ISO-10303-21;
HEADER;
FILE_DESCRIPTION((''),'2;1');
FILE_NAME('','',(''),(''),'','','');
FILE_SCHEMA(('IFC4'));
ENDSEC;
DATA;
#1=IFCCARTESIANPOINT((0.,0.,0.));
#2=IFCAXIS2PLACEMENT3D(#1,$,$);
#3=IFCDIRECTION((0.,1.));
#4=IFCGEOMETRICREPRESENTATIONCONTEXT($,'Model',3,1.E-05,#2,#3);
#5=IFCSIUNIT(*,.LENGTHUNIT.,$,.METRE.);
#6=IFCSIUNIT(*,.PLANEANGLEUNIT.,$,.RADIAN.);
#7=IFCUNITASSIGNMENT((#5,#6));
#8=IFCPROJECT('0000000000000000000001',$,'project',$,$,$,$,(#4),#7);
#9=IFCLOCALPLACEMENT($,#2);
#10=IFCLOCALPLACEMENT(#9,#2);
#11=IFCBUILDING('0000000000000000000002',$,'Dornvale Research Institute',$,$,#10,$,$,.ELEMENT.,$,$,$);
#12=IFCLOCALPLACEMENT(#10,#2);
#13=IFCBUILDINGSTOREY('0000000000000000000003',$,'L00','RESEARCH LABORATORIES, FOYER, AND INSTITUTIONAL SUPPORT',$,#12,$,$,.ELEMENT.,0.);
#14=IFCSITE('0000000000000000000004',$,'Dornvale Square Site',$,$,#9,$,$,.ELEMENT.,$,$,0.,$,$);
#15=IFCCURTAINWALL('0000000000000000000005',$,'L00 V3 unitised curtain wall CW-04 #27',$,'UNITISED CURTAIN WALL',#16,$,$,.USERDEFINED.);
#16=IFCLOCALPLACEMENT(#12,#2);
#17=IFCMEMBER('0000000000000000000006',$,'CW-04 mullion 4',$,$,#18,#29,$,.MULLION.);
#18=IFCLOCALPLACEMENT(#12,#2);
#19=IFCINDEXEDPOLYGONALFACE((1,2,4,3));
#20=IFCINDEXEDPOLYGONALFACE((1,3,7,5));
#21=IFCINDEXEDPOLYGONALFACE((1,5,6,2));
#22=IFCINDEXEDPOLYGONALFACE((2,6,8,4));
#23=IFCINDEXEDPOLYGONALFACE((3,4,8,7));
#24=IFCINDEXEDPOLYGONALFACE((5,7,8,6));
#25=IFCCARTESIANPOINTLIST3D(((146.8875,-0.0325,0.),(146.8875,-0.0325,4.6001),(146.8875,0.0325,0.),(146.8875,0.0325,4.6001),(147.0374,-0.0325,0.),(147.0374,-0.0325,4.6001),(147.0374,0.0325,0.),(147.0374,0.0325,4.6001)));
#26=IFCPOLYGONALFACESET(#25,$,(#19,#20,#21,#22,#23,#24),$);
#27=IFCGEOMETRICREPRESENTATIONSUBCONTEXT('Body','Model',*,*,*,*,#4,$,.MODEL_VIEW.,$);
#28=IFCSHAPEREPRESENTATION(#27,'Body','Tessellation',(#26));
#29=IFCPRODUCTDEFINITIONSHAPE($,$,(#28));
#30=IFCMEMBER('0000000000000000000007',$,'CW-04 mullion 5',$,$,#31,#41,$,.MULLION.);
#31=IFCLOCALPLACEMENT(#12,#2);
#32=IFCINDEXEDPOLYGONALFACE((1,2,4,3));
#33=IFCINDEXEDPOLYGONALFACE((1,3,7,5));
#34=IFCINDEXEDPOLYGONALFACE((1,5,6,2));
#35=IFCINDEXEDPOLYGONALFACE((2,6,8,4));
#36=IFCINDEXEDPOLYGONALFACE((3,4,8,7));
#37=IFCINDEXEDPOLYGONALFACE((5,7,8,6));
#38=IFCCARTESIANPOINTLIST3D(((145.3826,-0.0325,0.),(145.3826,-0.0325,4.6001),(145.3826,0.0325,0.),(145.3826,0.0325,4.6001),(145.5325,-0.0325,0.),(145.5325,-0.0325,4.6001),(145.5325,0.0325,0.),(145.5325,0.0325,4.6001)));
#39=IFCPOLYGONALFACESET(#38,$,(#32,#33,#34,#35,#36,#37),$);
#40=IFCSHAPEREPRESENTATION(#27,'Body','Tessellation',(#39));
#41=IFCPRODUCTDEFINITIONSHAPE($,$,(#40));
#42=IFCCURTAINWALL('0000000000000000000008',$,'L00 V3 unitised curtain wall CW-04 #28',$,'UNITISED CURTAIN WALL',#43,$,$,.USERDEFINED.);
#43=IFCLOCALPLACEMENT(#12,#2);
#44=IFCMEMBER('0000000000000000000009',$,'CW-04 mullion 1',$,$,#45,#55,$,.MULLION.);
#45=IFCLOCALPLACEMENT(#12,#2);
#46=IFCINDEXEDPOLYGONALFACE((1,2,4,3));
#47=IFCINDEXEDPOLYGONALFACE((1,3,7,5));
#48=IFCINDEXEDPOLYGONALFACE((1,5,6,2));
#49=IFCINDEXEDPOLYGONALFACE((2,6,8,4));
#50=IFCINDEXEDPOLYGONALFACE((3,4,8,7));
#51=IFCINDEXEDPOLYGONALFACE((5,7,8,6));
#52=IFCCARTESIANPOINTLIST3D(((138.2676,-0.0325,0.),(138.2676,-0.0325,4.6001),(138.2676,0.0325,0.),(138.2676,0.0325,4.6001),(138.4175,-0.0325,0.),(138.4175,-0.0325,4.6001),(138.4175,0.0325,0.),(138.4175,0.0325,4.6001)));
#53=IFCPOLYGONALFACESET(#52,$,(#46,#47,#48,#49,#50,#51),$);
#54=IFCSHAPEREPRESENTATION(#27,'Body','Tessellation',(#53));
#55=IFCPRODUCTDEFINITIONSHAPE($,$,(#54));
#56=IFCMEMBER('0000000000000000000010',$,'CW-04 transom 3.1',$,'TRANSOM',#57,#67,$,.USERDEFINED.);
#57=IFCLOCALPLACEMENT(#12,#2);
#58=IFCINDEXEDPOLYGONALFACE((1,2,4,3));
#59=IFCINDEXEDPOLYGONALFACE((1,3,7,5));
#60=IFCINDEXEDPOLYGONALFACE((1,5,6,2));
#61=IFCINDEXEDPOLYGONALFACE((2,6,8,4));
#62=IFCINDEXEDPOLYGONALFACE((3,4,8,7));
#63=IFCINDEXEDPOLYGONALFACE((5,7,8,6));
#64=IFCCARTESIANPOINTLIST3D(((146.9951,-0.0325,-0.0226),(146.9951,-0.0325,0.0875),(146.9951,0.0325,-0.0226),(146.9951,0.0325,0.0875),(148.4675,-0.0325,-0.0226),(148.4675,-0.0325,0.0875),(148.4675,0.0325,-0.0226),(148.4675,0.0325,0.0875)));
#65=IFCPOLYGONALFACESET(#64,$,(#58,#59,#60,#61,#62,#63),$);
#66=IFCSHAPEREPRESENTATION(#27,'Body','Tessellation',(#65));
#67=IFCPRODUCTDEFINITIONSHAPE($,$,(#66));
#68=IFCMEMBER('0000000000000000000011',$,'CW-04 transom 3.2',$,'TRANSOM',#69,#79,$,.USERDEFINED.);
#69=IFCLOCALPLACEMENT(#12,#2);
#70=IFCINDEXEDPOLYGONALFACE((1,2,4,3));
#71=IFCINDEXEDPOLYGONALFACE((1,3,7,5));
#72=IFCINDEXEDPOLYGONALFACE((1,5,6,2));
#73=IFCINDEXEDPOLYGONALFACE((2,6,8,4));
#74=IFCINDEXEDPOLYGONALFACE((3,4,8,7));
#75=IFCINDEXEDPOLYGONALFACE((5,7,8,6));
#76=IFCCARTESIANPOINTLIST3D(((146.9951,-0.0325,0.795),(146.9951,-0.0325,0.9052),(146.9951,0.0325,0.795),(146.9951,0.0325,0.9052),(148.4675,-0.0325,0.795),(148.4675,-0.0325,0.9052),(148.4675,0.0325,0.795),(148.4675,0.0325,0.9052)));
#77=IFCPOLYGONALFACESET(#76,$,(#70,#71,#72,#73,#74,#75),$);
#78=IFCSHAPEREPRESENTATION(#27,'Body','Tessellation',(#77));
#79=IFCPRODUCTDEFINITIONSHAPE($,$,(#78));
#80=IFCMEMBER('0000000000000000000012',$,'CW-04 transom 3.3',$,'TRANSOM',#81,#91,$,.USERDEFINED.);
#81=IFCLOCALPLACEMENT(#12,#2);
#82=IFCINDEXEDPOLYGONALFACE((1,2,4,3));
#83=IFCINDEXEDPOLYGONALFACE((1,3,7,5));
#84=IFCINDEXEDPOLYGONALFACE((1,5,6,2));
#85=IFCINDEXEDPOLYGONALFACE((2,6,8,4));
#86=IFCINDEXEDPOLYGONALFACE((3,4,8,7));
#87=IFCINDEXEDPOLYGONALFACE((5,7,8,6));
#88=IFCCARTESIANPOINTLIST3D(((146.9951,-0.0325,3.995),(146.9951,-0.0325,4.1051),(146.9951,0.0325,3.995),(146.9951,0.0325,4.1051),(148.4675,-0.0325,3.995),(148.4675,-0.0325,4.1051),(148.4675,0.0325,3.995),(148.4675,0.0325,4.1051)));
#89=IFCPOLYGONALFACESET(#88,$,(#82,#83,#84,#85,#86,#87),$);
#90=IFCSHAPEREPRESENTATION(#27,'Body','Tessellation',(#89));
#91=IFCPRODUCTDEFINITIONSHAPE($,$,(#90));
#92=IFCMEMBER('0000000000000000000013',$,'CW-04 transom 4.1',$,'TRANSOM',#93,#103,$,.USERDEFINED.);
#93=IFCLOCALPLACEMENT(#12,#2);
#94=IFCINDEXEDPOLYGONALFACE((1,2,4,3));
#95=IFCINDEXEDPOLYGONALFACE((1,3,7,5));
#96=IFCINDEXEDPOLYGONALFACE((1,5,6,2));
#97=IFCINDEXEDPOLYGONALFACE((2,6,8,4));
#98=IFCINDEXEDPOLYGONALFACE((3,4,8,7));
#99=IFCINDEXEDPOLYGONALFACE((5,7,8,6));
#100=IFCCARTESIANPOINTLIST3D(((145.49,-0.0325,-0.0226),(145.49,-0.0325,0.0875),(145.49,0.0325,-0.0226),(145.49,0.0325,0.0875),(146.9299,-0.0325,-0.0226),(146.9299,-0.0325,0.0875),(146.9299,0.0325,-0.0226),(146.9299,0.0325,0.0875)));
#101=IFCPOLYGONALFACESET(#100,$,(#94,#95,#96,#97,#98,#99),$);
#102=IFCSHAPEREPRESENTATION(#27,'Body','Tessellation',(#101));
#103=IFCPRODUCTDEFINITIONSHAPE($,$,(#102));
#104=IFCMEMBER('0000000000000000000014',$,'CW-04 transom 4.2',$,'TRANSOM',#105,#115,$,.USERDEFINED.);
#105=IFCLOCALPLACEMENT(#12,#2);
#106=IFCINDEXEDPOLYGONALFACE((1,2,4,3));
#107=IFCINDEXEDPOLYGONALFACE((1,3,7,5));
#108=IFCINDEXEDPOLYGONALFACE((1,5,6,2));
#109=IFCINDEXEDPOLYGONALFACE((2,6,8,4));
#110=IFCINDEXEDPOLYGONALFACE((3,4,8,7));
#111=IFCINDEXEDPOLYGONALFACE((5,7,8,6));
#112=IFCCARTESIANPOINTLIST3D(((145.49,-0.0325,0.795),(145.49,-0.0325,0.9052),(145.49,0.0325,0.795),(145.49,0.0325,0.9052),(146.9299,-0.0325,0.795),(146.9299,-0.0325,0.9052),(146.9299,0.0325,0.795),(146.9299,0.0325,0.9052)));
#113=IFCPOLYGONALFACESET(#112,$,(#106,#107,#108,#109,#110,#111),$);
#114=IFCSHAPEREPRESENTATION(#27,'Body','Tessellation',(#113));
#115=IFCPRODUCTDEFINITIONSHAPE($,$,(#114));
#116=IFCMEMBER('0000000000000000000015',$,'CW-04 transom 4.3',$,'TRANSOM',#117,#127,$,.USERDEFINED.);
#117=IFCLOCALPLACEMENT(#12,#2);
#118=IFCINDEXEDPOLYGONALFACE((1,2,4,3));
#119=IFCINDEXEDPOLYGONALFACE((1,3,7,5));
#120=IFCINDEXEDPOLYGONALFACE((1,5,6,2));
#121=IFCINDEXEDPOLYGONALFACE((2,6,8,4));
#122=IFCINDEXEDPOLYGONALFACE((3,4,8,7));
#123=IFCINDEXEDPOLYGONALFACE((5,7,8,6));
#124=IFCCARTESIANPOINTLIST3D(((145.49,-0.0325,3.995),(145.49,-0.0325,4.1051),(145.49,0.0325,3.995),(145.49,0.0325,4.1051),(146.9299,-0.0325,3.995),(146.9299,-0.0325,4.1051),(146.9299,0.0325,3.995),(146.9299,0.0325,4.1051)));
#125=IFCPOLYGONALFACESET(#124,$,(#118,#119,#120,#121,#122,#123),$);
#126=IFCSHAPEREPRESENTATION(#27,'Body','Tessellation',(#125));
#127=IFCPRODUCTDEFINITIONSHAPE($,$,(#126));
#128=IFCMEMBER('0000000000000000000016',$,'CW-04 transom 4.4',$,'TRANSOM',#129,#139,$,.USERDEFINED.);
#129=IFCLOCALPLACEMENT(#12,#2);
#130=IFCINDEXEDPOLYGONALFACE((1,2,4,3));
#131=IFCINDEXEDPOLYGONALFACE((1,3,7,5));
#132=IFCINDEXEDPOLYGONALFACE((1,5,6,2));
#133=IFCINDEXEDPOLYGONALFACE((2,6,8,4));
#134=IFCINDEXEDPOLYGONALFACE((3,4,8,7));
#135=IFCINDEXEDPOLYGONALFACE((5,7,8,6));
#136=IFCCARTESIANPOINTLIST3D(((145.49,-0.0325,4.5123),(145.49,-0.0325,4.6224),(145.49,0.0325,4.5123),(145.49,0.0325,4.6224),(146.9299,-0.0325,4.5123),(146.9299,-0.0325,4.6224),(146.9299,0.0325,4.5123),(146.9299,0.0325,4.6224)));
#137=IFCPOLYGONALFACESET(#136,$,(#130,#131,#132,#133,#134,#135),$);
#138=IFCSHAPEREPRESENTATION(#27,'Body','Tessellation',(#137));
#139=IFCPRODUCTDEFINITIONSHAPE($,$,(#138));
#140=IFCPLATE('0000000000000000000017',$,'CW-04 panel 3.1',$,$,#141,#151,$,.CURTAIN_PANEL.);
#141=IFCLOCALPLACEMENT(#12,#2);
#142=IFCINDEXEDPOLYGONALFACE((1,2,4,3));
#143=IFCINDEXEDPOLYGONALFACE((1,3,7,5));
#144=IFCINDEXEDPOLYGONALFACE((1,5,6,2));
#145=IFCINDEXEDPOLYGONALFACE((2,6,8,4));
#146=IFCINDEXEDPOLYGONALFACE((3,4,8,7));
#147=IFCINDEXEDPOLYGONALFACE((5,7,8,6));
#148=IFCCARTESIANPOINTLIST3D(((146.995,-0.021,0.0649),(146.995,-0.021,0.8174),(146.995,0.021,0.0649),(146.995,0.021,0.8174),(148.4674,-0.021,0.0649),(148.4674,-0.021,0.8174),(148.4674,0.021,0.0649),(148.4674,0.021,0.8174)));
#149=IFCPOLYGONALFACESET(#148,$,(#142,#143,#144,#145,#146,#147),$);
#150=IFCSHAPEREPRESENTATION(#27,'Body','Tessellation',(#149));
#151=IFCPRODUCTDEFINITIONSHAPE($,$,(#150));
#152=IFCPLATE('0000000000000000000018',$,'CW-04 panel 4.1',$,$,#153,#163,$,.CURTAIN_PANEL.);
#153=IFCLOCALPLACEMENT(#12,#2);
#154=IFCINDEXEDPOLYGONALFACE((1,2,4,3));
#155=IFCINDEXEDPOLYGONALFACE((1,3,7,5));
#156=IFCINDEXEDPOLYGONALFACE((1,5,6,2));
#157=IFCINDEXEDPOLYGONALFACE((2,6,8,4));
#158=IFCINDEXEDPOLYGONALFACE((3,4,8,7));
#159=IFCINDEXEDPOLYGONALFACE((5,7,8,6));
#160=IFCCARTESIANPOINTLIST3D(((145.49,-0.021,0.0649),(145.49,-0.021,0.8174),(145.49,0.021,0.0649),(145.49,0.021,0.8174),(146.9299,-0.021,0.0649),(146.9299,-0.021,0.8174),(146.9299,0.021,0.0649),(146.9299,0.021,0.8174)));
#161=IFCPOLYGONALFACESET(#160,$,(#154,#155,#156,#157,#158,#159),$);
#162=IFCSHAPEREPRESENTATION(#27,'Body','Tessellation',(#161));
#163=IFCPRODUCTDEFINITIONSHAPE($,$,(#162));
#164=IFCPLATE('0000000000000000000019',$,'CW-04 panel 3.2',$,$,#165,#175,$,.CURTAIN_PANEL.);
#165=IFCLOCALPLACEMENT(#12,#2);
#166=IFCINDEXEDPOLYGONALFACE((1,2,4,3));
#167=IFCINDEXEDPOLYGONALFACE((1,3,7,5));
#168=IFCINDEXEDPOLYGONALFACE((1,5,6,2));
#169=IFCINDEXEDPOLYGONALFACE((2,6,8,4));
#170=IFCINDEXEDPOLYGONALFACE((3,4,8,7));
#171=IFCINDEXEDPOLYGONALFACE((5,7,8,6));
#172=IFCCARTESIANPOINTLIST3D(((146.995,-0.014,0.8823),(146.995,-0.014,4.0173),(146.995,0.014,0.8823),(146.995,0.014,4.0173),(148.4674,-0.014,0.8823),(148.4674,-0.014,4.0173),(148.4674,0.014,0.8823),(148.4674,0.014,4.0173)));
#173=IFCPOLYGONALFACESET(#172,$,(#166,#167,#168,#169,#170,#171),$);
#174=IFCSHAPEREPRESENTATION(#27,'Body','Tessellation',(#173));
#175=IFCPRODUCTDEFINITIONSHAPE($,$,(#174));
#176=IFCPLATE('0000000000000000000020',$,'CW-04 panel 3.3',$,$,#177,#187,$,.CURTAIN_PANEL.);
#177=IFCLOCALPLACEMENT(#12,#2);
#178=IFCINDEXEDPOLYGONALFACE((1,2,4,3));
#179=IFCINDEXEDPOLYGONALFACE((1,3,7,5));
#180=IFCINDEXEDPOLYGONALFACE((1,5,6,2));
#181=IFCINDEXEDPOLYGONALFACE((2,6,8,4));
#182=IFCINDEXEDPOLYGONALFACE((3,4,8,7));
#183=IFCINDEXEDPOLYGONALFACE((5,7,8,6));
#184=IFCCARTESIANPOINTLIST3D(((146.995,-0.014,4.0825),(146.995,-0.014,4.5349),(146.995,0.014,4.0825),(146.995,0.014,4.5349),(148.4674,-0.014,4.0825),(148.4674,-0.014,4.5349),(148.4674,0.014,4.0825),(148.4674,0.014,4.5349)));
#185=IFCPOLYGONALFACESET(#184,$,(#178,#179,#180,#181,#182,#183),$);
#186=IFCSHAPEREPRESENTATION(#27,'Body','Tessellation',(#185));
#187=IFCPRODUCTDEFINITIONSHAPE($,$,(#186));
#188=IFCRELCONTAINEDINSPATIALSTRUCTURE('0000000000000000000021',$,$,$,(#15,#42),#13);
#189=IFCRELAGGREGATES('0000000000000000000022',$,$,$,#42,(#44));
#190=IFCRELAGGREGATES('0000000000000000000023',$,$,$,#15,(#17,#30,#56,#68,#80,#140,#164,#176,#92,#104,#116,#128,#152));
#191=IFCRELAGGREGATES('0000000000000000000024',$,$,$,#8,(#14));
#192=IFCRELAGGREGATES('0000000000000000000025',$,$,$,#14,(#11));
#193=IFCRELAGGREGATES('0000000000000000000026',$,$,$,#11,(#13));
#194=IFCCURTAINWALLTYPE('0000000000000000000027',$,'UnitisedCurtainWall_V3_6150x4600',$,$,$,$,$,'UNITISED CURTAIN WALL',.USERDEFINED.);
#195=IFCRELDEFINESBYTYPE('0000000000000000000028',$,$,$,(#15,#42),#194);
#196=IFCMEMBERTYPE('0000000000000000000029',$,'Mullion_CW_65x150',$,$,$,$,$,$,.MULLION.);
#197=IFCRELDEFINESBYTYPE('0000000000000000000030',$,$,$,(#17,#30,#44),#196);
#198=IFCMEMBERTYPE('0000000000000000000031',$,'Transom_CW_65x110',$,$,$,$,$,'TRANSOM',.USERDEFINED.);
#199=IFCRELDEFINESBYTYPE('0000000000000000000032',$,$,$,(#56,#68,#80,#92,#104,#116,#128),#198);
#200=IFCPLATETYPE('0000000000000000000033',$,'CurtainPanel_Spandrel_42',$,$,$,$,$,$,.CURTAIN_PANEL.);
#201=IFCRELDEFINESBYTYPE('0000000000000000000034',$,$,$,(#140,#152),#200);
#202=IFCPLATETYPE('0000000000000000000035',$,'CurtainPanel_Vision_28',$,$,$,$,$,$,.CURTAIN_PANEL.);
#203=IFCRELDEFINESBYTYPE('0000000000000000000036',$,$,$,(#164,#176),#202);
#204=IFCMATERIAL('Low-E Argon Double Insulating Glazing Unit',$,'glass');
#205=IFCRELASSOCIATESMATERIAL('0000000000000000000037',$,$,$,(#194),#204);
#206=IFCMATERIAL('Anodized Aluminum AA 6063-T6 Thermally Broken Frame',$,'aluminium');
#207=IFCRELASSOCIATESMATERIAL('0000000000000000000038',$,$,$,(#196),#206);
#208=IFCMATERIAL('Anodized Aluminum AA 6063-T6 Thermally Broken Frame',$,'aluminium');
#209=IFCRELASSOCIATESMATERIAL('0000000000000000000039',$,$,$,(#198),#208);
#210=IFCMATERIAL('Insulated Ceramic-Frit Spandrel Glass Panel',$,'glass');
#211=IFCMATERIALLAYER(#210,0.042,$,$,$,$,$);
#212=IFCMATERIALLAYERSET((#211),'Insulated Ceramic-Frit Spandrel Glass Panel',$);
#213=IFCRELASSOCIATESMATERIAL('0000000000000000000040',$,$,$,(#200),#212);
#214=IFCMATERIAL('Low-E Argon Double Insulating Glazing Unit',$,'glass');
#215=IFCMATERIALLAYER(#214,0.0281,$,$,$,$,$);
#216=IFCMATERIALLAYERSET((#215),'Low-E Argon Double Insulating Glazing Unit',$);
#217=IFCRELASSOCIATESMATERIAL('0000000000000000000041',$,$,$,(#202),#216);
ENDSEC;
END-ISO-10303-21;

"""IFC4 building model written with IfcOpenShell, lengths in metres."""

from ifc_helpers import new_model, si_unit, direction, frame, origin, origin_2d, place, context, subcontext, project, spatial, rectangle, extrude, material, layer, layer_set, material_profile, profile_set, type_object, element, aggregate, save


model = new_model("IFC4")

# Units and contexts
model_context = context("Model", 3, precision=1e-05, world=origin(), true_north=direction((0.0, 1.0)))
body_context = subcontext(model_context, "Body", "Model", "MODEL_VIEW")
ifc_project = project(units=[si_unit("LENGTHUNIT", "METRE"), si_unit("PLANEANGLEUNIT", "RADIAN")], contexts=[model_context])

# Site, building, storey
site_placement = place(None, origin())
site = spatial("IfcSite", under=ifc_project, at=site_placement, Name="Dornvale Square Site", CompositionType="ELEMENT", RefElevation=0.0)
building_placement = place(site_placement, origin())
building = spatial("IfcBuilding", under=site, at=building_placement, Name="Dornvale Research Institute", CompositionType="ELEMENT")
storey_placement = place(building_placement, origin())
storey = spatial("IfcBuildingStorey", under=building, at=storey_placement, Name="L00", Description="RESEARCH LABORATORIES, FOYER, AND INSTITUTIONAL SUPPORT", CompositionType="ELEMENT", Elevation=0.0)

# Curtain wall, members
ifc_material_1 = material(Name="Low-E Argon Double Insulating Glazing Unit", Category="glass")
curtain_wall_type = type_object("IfcCurtainWallType", Name="UnitisedCurtainWall_V3_6150x4600", ElementType="UNITISED CURTAIN WALL", PredefinedType="USERDEFINED", material=ifc_material_1)
curtain_wall_1_placement = place(storey_placement, origin())
curtain_wall_1 = element("IfcCurtainWall", 1, at=curtain_wall_1_placement, inside=storey, type_object=curtain_wall_type, Name="L00 V3 unitised curtain wall CW-04 #27", ObjectType="UNITISED CURTAIN WALL", PredefinedType="USERDEFINED")
ifc_material_2 = material(Name="Anodized Aluminum AA 6063-T6 Thermally Broken Frame", Category="aluminium")
ifc_material_profile_1 = material_profile(ifc_material_2, rectangle(XDim=0.0649, YDim=0.1499, at=origin_2d()), Name="ALU MULLION 65x150")
ifc_profile_set_1 = profile_set([ifc_material_profile_1], Name="Anodized Aluminum AA 6063-T6 Thermally Broken Frame")
member_type_1 = type_object("IfcMemberType", Name="Mullion_CW_65x150", PredefinedType="MULLION", material=ifc_profile_set_1)
member_1_placement = place(storey_placement, frame((146.9624, 0.0, 0.0), z_axis=(0.0, 0.0, 1.0), x_axis=(0.0, -1.0, 0.0)))
member_1 = element("IfcMember", 2, at=member_1_placement, type_object=member_type_1, Name="CW-04 mullion 4", PredefinedType="MULLION", context=body_context, shape_type="SweptSolid", body=[
    extrude(rectangle(XDim=0.0649, YDim=0.1499, at=origin_2d()), origin(), (0.0, 0.0, 1.0), 4.6001),
])
member_2_placement = place(storey_placement, frame((145.4575, 0.0, 0.0), z_axis=(0.0, 0.0, 1.0), x_axis=(0.0, -1.0, 0.0)))
member_2 = element("IfcMember", 3, at=member_2_placement, type_object=member_type_1, Name="CW-04 mullion 5", PredefinedType="MULLION", context=body_context, shape_type="SweptSolid", body=[
    extrude(rectangle(XDim=0.0649, YDim=0.1499, at=origin_2d()), origin(), (0.0, 0.0, 1.0), 4.6001),
])

# Curtain wall, member
curtain_wall_2_placement = place(storey_placement, origin())
curtain_wall_2 = element("IfcCurtainWall", 4, at=curtain_wall_2_placement, inside=storey, type_object=curtain_wall_type, Name="L00 V3 unitised curtain wall CW-04 #28", ObjectType="UNITISED CURTAIN WALL", PredefinedType="USERDEFINED")
member_3_placement = place(storey_placement, frame((138.3425, 0.0, 0.0), z_axis=(0.0, 0.0, 1.0), x_axis=(0.0, -1.0, 0.0)))
member_3 = element("IfcMember", 5, at=member_3_placement, type_object=member_type_1, Name="CW-04 mullion 1", PredefinedType="MULLION", context=body_context, shape_type="SweptSolid", body=[
    extrude(rectangle(XDim=0.0649, YDim=0.1499, at=origin_2d()), origin(), (0.0, 0.0, 1.0), 4.6001),
])
aggregate(curtain_wall_2, [member_3])

# Members
ifc_material_3 = material(Name="Anodized Aluminum AA 6063-T6 Thermally Broken Frame", Category="aluminium")
ifc_material_profile_2 = material_profile(ifc_material_3, rectangle(XDim=0.0649, YDim=0.1101, at=origin_2d()), Name="ALU TRANSOM 65x110")
ifc_profile_set_2 = profile_set([ifc_material_profile_2], Name="Anodized Aluminum AA 6063-T6 Thermally Broken Frame")
member_type_2 = type_object("IfcMemberType", Name="Transom_CW_65x110", ElementType="TRANSOM", PredefinedType="USERDEFINED", material=ifc_profile_set_2)
member_4_placement = place(storey_placement, frame((148.4675, 0.0, 0.0325), z_axis=(-1.0, 0.0, 0.0), x_axis=(0.0, -1.0, 0.0)))
member_4 = element("IfcMember", 6, at=member_4_placement, type_object=member_type_2, Name="CW-04 transom 3.1", ObjectType="TRANSOM", PredefinedType="USERDEFINED", context=body_context, shape_type="SweptSolid", body=[
    extrude(rectangle(XDim=0.0649, YDim=0.1101, at=origin_2d()), origin(), (0.0, 0.0, 1.0), 1.4724),
])
member_5_placement = place(storey_placement, frame((148.4675, 0.0, 0.8501), z_axis=(-1.0, 0.0, 0.0), x_axis=(0.0, -1.0, 0.0)))
member_5 = element("IfcMember", 7, at=member_5_placement, type_object=member_type_2, Name="CW-04 transom 3.2", ObjectType="TRANSOM", PredefinedType="USERDEFINED", context=body_context, shape_type="SweptSolid", body=[
    extrude(rectangle(XDim=0.0649, YDim=0.1101, at=origin_2d()), origin(), (0.0, 0.0, 1.0), 1.4724),
])
member_6_placement = place(storey_placement, frame((148.4675, 0.0, 4.05), z_axis=(-1.0, 0.0, 0.0), x_axis=(0.0, -1.0, 0.0)))
member_6 = element("IfcMember", 8, at=member_6_placement, type_object=member_type_2, Name="CW-04 transom 3.3", ObjectType="TRANSOM", PredefinedType="USERDEFINED", context=body_context, shape_type="SweptSolid", body=[
    extrude(rectangle(XDim=0.0649, YDim=0.1101, at=origin_2d()), origin(), (0.0, 0.0, 1.0), 1.4724),
])
member_7_placement = place(storey_placement, frame((146.9299, 0.0, 0.0325), z_axis=(-1.0, 0.0, 0.0), x_axis=(0.0, -1.0, 0.0)))
member_7 = element("IfcMember", 9, at=member_7_placement, type_object=member_type_2, Name="CW-04 transom 4.1", ObjectType="TRANSOM", PredefinedType="USERDEFINED", context=body_context, shape_type="SweptSolid", body=[
    extrude(rectangle(XDim=0.0649, YDim=0.1101, at=origin_2d()), origin(), (0.0, 0.0, 1.0), 1.4399),
])
member_8_placement = place(storey_placement, frame((146.9299, 0.0, 0.8501), z_axis=(-1.0, 0.0, 0.0), x_axis=(0.0, -1.0, 0.0)))
member_8 = element("IfcMember", 10, at=member_8_placement, type_object=member_type_2, Name="CW-04 transom 4.2", ObjectType="TRANSOM", PredefinedType="USERDEFINED", context=body_context, shape_type="SweptSolid", body=[
    extrude(rectangle(XDim=0.0649, YDim=0.1101, at=origin_2d()), origin(), (0.0, 0.0, 1.0), 1.4399),
])
member_9_placement = place(storey_placement, frame((146.9299, 0.0, 4.05), z_axis=(-1.0, 0.0, 0.0), x_axis=(0.0, -1.0, 0.0)))
member_9 = element("IfcMember", 11, at=member_9_placement, type_object=member_type_2, Name="CW-04 transom 4.3", ObjectType="TRANSOM", PredefinedType="USERDEFINED", context=body_context, shape_type="SweptSolid", body=[
    extrude(rectangle(XDim=0.0649, YDim=0.1101, at=origin_2d()), origin(), (0.0, 0.0, 1.0), 1.4399),
])
member_10_placement = place(storey_placement, frame((146.9299, 0.0, 4.5674), z_axis=(-1.0, 0.0, 0.0), x_axis=(0.0, -1.0, 0.0)))
member_10 = element("IfcMember", 12, at=member_10_placement, type_object=member_type_2, Name="CW-04 transom 4.4", ObjectType="TRANSOM", PredefinedType="USERDEFINED", context=body_context, shape_type="SweptSolid", body=[
    extrude(rectangle(XDim=0.0649, YDim=0.1101, at=origin_2d()), origin(), (0.0, 0.0, 1.0), 1.4399),
])

# Plates
ifc_material_4 = material(Name="Insulated Ceramic-Frit Spandrel Glass Panel", Category="glass")
ifc_layer_1 = layer(ifc_material_4, 0.042)
ifc_layer_set_1 = layer_set([ifc_layer_1], Name="Insulated Ceramic-Frit Spandrel Glass Panel")
plate_type_1 = type_object("IfcPlateType", Name="CurtainPanel_Spandrel_42", PredefinedType="CURTAIN_PANEL", material=ifc_layer_set_1)
plate_1_placement = place(storey_placement, frame((147.7312, 0.0, 0.0649), z_axis=(0.0, 0.0, 1.0), x_axis=(-1.0, 0.0, 0.0)))
plate_1 = element("IfcPlate", 13, at=plate_1_placement, type_object=plate_type_1, Name="CW-04 panel 3.1", PredefinedType="CURTAIN_PANEL", context=body_context, shape_type="SweptSolid", body=[
    extrude(rectangle(XDim=1.4724, YDim=0.042, at=origin_2d()), origin(), (0.0, 0.0, 1.0), 0.7524),
])
plate_2_placement = place(storey_placement, frame((146.21, 0.0, 0.0649), z_axis=(0.0, 0.0, 1.0), x_axis=(-1.0, 0.0, 0.0)))
plate_2 = element("IfcPlate", 14, at=plate_2_placement, type_object=plate_type_1, Name="CW-04 panel 4.1", PredefinedType="CURTAIN_PANEL", context=body_context, shape_type="SweptSolid", body=[
    extrude(rectangle(XDim=1.4399, YDim=0.042, at=origin_2d()), origin(), (0.0, 0.0, 1.0), 0.7524),
])
ifc_material_5 = material(Name="Low-E Argon Double Insulating Glazing Unit", Category="glass")
ifc_layer_2 = layer(ifc_material_5, 0.0281)
ifc_layer_set_2 = layer_set([ifc_layer_2], Name="Low-E Argon Double Insulating Glazing Unit")
plate_type_2 = type_object("IfcPlateType", Name="CurtainPanel_Vision_28", PredefinedType="CURTAIN_PANEL", material=ifc_layer_set_2)
plate_3_placement = place(storey_placement, frame((147.7312, 0.0, 0.8823), z_axis=(0.0, 0.0, 1.0), x_axis=(-1.0, 0.0, 0.0)))
plate_3 = element("IfcPlate", 15, at=plate_3_placement, type_object=plate_type_2, Name="CW-04 panel 3.2", PredefinedType="CURTAIN_PANEL", context=body_context, shape_type="SweptSolid", body=[
    extrude(rectangle(XDim=1.4724, YDim=0.0281, at=origin_2d()), origin(), (0.0, 0.0, 1.0), 3.135),
])
plate_4_placement = place(storey_placement, frame((147.7312, 0.0, 4.0825), z_axis=(0.0, 0.0, 1.0), x_axis=(-1.0, 0.0, 0.0)))
plate_4 = element("IfcPlate", 16, at=plate_4_placement, type_object=plate_type_2, Name="CW-04 panel 3.3", PredefinedType="CURTAIN_PANEL", context=body_context, shape_type="SweptSolid", body=[
    extrude(rectangle(XDim=1.4724, YDim=0.0281, at=origin_2d()), origin(), (0.0, 0.0, 1.0), 0.4524),
])
aggregate(curtain_wall_1, [member_1, member_2, member_4, member_5, member_6, plate_1, plate_3, plate_4, member_7, member_8, member_9, member_10, plate_2])

save(model, "model.ifc")
